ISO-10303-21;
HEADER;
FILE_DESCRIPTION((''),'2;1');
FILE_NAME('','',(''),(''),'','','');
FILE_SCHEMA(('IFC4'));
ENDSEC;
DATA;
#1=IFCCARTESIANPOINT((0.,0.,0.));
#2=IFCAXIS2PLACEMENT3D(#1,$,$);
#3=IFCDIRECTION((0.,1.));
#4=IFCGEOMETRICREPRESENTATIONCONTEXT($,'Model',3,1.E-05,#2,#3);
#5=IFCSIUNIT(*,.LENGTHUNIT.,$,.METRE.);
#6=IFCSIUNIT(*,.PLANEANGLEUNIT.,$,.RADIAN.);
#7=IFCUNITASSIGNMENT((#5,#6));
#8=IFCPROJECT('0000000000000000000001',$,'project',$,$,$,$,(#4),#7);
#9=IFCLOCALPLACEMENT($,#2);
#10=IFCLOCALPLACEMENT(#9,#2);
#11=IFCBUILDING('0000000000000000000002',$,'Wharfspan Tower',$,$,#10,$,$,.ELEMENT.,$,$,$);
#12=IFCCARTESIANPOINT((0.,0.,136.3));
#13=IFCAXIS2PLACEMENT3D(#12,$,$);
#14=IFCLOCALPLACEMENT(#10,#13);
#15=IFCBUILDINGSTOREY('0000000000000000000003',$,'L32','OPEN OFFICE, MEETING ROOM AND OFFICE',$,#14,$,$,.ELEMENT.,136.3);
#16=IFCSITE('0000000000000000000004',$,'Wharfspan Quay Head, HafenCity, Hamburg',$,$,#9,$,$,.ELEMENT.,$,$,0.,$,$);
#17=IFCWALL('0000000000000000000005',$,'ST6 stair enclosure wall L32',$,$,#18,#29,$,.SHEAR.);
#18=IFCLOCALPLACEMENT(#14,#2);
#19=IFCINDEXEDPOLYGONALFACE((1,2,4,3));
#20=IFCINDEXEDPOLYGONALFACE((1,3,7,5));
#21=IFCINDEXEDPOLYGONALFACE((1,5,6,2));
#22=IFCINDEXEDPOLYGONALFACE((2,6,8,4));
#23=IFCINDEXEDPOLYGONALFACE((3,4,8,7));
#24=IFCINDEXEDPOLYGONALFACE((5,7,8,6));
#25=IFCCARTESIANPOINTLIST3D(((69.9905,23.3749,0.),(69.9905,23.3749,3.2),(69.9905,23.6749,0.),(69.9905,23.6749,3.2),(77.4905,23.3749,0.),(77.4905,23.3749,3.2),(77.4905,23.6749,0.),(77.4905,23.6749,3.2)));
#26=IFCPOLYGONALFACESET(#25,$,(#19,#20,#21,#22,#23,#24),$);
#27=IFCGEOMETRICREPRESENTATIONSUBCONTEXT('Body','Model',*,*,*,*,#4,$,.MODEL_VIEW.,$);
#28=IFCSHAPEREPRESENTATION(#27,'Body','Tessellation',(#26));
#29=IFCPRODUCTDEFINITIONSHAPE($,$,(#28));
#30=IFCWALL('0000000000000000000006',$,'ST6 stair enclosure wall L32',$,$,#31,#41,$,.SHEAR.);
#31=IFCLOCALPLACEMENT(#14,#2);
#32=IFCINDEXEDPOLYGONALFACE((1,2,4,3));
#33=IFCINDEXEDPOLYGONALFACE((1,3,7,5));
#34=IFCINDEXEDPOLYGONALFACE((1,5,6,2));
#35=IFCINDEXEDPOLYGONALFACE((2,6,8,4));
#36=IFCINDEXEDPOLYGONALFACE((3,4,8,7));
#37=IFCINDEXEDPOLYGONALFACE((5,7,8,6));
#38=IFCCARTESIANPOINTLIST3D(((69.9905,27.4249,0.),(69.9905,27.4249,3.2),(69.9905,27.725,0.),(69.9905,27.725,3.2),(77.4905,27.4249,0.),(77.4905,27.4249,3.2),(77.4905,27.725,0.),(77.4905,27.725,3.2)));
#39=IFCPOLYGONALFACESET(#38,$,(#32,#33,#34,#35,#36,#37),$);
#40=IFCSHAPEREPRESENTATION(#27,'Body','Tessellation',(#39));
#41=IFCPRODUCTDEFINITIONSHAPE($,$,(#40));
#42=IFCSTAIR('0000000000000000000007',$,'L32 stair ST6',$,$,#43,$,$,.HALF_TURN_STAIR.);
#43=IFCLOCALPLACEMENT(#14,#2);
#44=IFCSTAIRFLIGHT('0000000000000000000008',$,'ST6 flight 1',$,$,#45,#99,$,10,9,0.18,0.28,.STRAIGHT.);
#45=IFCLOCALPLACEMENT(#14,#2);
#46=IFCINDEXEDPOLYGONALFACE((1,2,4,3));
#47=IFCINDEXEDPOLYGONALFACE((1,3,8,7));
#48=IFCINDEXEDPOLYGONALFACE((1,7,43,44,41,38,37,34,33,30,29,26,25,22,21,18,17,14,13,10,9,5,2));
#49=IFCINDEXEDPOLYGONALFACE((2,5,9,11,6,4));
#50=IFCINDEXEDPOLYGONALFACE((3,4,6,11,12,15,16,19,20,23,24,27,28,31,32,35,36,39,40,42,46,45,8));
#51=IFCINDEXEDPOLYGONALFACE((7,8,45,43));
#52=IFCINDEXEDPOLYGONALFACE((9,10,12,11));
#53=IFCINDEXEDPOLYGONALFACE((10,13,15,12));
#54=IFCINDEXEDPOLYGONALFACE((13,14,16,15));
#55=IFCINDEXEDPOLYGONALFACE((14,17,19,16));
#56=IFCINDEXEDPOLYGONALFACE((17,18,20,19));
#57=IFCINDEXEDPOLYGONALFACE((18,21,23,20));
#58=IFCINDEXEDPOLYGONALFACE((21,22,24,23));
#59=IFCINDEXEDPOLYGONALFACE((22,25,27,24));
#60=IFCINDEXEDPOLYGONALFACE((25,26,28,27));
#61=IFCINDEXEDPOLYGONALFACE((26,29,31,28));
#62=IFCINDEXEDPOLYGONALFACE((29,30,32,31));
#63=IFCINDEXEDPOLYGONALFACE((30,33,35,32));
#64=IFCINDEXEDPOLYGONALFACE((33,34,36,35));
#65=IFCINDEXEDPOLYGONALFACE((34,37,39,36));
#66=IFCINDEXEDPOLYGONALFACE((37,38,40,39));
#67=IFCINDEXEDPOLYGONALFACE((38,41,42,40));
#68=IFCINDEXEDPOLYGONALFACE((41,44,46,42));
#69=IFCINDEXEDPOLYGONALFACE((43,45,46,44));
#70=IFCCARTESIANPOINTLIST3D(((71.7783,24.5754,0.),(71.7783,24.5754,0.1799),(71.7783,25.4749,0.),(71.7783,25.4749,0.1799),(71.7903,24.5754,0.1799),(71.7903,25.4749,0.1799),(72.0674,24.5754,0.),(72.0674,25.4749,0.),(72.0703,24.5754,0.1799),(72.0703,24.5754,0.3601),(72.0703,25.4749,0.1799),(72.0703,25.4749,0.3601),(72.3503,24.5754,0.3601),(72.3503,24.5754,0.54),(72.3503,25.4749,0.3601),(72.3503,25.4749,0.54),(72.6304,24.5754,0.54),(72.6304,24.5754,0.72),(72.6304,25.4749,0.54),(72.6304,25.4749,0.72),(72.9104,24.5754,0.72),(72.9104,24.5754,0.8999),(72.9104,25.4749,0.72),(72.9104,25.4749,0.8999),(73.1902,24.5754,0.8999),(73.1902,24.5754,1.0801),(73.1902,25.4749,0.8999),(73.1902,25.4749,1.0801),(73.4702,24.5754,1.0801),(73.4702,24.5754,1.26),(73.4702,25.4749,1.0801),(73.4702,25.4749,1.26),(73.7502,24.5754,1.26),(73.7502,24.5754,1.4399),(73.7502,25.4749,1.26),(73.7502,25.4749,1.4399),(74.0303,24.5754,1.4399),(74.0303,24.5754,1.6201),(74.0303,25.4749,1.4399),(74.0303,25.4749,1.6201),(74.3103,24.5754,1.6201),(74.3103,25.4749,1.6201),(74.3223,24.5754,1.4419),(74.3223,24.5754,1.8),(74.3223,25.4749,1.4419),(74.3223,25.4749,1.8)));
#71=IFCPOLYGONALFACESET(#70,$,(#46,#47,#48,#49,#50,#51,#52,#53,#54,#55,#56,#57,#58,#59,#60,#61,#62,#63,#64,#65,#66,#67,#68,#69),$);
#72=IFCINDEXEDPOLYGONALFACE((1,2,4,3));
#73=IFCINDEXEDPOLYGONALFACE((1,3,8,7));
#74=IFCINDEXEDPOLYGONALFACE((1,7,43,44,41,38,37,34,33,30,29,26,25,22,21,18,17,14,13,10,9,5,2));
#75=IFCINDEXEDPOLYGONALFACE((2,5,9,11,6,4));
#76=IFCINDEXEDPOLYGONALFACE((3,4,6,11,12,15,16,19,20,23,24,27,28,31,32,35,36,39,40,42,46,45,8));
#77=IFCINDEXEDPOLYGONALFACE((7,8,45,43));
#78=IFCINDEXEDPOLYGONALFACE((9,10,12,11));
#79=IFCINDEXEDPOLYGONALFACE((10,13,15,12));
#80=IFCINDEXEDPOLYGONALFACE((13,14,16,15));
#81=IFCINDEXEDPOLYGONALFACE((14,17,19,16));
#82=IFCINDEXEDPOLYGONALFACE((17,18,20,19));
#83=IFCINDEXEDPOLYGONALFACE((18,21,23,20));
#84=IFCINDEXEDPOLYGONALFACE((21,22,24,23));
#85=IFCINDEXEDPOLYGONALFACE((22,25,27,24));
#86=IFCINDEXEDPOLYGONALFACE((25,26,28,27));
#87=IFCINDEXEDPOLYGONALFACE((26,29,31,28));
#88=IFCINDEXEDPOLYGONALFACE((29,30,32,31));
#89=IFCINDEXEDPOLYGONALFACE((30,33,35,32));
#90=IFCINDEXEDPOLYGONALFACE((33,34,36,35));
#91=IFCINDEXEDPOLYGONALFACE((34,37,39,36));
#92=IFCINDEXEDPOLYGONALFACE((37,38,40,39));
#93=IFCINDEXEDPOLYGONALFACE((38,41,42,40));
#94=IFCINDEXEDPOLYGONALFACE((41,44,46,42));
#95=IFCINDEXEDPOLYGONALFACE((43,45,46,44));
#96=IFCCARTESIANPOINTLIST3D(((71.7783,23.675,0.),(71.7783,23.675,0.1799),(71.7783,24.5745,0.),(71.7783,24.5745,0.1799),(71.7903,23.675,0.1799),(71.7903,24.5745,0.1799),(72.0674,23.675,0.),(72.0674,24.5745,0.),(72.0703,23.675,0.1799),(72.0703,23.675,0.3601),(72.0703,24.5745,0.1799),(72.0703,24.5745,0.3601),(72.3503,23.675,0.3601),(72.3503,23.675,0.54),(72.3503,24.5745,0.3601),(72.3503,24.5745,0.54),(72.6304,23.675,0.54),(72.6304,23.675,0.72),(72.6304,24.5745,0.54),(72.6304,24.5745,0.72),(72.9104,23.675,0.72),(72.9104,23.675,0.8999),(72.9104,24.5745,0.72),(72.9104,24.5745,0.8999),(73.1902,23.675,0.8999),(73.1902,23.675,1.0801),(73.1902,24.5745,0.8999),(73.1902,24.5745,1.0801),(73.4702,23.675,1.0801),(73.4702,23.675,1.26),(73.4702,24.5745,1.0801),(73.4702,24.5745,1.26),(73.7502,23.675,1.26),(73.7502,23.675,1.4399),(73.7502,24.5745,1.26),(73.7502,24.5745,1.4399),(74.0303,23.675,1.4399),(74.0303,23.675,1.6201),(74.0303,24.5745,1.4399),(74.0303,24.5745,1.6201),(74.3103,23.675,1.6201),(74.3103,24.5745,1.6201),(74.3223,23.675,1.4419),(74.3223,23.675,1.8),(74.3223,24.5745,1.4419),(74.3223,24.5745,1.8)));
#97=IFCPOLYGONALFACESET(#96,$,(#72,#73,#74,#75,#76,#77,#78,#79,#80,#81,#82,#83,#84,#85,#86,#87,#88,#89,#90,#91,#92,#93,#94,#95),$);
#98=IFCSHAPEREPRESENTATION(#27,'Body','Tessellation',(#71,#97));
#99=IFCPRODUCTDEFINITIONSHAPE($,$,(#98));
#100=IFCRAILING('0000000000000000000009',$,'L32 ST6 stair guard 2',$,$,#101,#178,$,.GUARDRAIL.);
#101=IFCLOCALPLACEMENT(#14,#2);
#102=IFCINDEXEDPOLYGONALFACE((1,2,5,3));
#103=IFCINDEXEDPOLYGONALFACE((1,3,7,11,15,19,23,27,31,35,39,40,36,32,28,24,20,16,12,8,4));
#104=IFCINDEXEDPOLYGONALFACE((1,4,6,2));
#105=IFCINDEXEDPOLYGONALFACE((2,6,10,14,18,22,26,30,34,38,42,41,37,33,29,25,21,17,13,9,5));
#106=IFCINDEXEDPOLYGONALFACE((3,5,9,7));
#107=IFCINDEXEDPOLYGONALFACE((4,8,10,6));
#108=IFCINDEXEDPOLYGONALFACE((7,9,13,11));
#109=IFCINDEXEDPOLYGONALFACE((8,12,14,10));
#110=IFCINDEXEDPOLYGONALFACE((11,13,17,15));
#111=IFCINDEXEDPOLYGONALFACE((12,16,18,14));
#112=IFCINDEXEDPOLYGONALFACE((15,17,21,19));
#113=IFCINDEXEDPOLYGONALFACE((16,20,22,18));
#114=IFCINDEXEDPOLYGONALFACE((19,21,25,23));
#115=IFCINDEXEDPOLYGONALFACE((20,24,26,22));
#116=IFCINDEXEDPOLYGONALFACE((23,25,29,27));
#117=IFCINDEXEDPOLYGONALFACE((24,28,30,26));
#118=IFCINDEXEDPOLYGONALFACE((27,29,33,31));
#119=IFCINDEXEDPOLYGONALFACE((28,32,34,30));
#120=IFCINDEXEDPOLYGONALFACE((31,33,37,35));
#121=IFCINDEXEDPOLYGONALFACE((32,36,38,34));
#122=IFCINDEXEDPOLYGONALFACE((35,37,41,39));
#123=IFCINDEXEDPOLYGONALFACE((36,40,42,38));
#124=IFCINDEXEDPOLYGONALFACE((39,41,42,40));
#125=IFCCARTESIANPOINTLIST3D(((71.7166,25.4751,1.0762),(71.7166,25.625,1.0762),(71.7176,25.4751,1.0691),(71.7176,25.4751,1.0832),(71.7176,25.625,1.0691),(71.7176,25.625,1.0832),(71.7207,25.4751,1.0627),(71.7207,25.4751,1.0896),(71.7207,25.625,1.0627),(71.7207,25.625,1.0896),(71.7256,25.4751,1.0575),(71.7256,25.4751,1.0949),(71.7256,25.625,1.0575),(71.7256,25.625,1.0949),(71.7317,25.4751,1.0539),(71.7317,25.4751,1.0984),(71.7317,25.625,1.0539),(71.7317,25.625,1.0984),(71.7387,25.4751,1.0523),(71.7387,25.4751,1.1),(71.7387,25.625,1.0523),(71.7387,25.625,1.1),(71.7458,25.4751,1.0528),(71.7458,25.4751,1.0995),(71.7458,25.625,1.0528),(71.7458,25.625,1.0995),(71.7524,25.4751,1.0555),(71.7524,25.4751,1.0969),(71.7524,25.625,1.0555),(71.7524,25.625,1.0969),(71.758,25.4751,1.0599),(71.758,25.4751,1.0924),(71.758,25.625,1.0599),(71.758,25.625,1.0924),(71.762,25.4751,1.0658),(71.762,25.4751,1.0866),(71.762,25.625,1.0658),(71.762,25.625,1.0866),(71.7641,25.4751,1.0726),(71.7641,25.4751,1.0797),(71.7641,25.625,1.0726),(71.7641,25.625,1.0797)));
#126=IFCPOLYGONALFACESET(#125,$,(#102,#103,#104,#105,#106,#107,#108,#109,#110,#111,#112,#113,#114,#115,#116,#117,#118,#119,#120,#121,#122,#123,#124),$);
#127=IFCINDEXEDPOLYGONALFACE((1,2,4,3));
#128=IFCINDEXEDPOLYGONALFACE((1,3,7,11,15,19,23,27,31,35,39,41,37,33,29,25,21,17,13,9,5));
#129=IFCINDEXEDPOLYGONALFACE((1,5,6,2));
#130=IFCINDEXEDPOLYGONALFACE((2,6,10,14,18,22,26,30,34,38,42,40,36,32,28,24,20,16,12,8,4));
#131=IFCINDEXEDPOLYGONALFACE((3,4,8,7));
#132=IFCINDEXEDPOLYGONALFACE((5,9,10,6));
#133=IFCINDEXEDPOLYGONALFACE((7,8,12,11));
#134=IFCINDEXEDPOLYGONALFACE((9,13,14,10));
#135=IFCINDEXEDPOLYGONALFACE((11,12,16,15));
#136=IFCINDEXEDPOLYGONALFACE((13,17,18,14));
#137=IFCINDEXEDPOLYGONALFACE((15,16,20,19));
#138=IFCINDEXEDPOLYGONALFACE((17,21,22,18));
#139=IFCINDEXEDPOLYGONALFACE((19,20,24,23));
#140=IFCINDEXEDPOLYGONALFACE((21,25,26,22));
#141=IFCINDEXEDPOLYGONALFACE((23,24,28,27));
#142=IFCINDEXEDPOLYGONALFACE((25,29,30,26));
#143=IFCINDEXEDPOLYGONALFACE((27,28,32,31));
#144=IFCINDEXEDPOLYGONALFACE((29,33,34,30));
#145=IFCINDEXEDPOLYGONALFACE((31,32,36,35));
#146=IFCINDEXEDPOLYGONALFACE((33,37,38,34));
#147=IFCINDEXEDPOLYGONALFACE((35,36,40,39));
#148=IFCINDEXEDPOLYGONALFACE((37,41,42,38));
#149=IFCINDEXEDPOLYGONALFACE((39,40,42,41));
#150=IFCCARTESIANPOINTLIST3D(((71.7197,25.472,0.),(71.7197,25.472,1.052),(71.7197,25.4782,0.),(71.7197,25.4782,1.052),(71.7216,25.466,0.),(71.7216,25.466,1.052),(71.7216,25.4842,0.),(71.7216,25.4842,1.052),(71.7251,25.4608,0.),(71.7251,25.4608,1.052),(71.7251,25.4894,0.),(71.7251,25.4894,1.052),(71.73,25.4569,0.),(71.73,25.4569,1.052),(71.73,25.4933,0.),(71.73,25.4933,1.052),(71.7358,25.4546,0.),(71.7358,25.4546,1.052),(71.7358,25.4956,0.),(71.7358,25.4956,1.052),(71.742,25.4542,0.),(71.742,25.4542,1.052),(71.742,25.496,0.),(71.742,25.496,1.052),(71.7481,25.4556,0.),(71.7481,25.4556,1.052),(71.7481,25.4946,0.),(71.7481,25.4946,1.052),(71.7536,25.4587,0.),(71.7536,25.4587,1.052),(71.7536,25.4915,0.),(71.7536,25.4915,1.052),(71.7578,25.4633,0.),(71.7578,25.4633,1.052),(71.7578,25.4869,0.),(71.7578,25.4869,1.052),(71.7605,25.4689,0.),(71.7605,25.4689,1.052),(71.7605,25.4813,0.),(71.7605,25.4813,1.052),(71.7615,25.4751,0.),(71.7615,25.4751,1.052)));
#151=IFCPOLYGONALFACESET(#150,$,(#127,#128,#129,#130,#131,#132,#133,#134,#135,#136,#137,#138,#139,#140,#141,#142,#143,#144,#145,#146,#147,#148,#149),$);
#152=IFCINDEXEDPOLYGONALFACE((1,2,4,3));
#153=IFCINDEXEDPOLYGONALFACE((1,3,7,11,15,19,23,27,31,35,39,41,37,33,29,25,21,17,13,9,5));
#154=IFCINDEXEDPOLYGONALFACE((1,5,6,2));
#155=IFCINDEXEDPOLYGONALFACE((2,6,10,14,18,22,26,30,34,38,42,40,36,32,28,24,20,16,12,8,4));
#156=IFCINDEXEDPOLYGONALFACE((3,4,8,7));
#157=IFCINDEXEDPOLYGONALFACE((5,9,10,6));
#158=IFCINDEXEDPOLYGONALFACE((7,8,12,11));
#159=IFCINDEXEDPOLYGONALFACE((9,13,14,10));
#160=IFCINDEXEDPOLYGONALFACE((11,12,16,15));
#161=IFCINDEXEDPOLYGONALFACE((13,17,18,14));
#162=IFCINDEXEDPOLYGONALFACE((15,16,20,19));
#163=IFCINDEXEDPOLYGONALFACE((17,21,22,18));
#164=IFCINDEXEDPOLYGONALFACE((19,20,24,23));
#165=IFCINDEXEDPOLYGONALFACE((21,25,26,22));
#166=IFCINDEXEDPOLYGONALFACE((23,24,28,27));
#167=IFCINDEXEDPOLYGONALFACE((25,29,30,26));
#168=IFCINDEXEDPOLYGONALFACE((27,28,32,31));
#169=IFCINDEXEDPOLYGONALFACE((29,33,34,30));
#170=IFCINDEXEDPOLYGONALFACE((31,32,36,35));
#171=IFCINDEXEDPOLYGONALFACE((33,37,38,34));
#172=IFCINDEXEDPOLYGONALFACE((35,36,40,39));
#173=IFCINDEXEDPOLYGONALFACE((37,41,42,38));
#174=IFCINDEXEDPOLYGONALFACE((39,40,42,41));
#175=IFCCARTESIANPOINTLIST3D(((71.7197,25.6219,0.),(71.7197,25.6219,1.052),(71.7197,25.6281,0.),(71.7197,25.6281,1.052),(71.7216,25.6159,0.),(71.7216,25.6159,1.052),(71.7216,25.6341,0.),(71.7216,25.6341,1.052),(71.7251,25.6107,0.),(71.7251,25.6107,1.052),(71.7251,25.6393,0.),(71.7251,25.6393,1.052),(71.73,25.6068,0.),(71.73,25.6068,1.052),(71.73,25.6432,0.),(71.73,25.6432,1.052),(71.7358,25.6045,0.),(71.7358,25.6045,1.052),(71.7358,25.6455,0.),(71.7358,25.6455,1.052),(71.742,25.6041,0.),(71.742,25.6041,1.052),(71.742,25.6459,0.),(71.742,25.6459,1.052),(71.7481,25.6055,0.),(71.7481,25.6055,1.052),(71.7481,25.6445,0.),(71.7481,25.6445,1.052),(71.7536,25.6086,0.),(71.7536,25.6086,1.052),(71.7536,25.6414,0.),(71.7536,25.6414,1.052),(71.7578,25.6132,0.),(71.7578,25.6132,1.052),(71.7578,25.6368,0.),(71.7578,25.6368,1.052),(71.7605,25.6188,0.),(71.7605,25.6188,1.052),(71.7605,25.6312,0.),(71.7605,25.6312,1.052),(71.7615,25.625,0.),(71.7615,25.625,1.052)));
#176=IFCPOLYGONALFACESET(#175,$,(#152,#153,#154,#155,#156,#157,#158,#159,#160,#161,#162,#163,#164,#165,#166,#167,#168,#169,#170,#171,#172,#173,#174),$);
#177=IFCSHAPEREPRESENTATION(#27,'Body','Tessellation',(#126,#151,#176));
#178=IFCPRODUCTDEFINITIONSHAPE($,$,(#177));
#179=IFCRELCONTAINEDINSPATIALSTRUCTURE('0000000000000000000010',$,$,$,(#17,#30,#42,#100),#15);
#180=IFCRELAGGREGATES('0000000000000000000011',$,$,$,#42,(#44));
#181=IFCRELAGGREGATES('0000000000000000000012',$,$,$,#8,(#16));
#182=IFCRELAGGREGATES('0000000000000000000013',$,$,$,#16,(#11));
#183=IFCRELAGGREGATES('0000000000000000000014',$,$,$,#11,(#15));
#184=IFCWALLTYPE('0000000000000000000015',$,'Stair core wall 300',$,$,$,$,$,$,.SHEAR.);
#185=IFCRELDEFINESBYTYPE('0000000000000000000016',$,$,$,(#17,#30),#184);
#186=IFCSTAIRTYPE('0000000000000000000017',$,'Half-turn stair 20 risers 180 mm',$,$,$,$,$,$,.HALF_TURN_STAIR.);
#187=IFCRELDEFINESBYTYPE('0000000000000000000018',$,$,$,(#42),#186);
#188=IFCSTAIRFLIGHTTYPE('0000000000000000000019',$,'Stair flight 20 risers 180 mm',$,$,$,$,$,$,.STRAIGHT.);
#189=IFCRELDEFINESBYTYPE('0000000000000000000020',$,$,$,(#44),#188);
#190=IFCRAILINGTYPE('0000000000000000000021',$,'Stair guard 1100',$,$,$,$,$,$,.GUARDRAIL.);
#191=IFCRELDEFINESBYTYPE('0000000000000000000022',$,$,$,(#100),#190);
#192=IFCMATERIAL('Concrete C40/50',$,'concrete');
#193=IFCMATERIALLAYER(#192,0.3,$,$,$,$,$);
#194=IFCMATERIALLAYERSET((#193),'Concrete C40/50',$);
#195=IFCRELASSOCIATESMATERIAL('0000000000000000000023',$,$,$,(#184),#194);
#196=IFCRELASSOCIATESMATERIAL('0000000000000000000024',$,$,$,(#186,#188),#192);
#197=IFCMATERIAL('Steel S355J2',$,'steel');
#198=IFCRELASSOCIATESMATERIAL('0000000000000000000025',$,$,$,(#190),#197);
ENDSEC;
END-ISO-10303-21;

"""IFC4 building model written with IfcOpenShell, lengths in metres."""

from ifc_helpers import new_model, si_unit, direction, frame, frame_2d, origin, origin_2d, place, context, subcontext, project, spatial, polyline, rectangle, circle, outline, extrude, material, layer, layer_set, type_object, element, aggregate, save


model = new_model("IFC4")

# Units and contexts
model_context = context("Model", 3, precision=1e-05, world=origin(), true_north=direction((0.0, 1.0)))
body_context = subcontext(model_context, "Body", "Model", "MODEL_VIEW")
ifc_project = project(units=[si_unit("LENGTHUNIT", "METRE"), si_unit("PLANEANGLEUNIT", "RADIAN")], contexts=[model_context])

# Site, building, storey
site_placement = place(None, origin())
site = spatial("IfcSite", under=ifc_project, at=site_placement, Name="Wharfspan Quay Head, HafenCity, Hamburg", CompositionType="ELEMENT", RefElevation=0.0)
building_placement = place(site_placement, origin())
building = spatial("IfcBuilding", under=site, at=building_placement, Name="Wharfspan Tower", CompositionType="ELEMENT")
storey_placement = place(building_placement, frame((0.0, 0.0, 136.3)))
storey = spatial("IfcBuildingStorey", under=building, at=storey_placement, Name="L32", Description="OPEN OFFICE, MEETING ROOM AND OFFICE", CompositionType="ELEMENT", Elevation=136.3)

# Shared definitions
ifc_material_1 = material(Name="Steel S355J2", Category="steel")

# Shared definitions
ifc_material_2 = material(Name="Concrete C40/50", Category="concrete")
ifc_layer_1 = layer(ifc_material_2, 0.3)
ifc_layer_set_1 = layer_set([ifc_layer_1], Name="Concrete C40/50")
wall_type_1 = type_object("IfcWallType", Name="Stair core wall 300", PredefinedType="SHEAR", material=ifc_layer_set_1)

# Walls
for number, where, z_axis, x_axis, name in (
    (1, (69.9905, 23.5249, 0.0), (0.0, 0.0, 1.0), (1.0, 0.0, 0.0), "ST6 stair enclosure wall L32"),
    (2, (69.9905, 27.575, 0.0), (0.0, 0.0, 1.0), (1.0, 0.0, 0.0), "ST6 stair enclosure wall L32"),
):
    element("IfcWall", number, at=place(storey_placement, frame(where, z_axis=z_axis, x_axis=x_axis)), inside=storey, type_object=wall_type_1, Name=name, PredefinedType="SHEAR", context=body_context, shape_type="SweptSolid", body=[
        extrude(rectangle(XDim=7.5, YDim=0.3, at=frame_2d((3.75, 0.0))), origin(), (0.0, 0.0, 1.0), 3.2),
    ])

# Stair, stair flight
stair_type = type_object("IfcStairType", Name="Half-turn stair 20 risers 180 mm", PredefinedType="HALF_TURN_STAIR", material=ifc_material_2)
stair_placement = place(storey_placement, origin())
stair = element("IfcStair", 3, at=stair_placement, inside=storey, type_object=stair_type, Name="L32 stair ST6", PredefinedType="HALF_TURN_STAIR")
stair_flight_type = type_object("IfcStairFlightType", Name="Stair flight 20 risers 180 mm", PredefinedType="STRAIGHT", material=ifc_material_2)
stair_flight_placement = place(storey_placement, frame((71.7903, 24.575, 0.0), z_axis=(0.0, 0.0, 1.0), x_axis=(1.0, 0.0, 0.0)))
stair_flight = element("IfcStairFlight", 4, at=stair_flight_placement, type_object=stair_flight_type, Name="ST6 flight 1", NumberOfRisers=10, NumberOfTreads=9, PredefinedType="STRAIGHT", RiserHeight=0.18, TreadLength=0.28, context=body_context, shape_type="SweptSolid", body=[
    extrude(outline(polyline([(-0.012, 0.0), (-0.012, 0.1799), (0.0, 0.1799), (0.28, 0.1799), (0.28, 0.3601), (0.5601, 0.3601), (0.5601, 0.54), (0.8401, 0.54), (0.8401, 0.72), (1.1201, 0.72), (1.1201, 0.8999), (1.3999, 0.8999), (1.3999, 1.0801), (1.6799, 1.0801), (1.6799, 1.26), (1.96, 1.26), (1.96, 1.4399), (2.24, 1.4399), (2.24, 1.6201), (2.52, 1.6201), (2.532, 1.8), (2.532, 1.4419), (0.2771, 0.0), (-0.012, 0.0)])), frame((0.0, 0.8999, 0.0), z_axis=(0.0, -1.0, 0.0), x_axis=(1.0, 0.0, 0.0)), (0.0, 0.0, 1.0), 0.8994),
    extrude(outline(polyline([(-0.012, 0.0), (-0.012, 0.1799), (0.0, 0.1799), (0.28, 0.1799), (0.28, 0.3601), (0.5601, 0.3601), (0.5601, 0.54), (0.8401, 0.54), (0.8401, 0.72), (1.1201, 0.72), (1.1201, 0.8999), (1.3999, 0.8999), (1.3999, 1.0801), (1.6799, 1.0801), (1.6799, 1.26), (1.96, 1.26), (1.96, 1.4399), (2.24, 1.4399), (2.24, 1.6201), (2.52, 1.6201), (2.532, 1.8), (2.532, 1.4419), (0.2771, 0.0), (-0.012, 0.0)])), frame((0.0, -0.0005, 0.0), z_axis=(0.0, -1.0, 0.0), x_axis=(1.0, 0.0, 0.0)), (0.0, 0.0, 1.0), 0.8994),
])
aggregate(stair, [stair_flight])

# Railing
railing_type_1 = type_object("IfcRailingType", Name="Stair guard 1100", PredefinedType="GUARDRAIL", material=ifc_material_1)
railing_1_placement = place(storey_placement, frame((71.7405, 25.4751, 0.0)))
element("IfcRailing", 5, at=railing_1_placement, inside=storey, type_object=railing_type_1, Name="L32 ST6 stair guard 2", PredefinedType="GUARDRAIL", context=body_context, shape_type="SweptSolid", body=[
    extrude(circle(Radius=0.0239, at=origin_2d()), frame((0.0, 0.0, 1.0762), z_axis=(0.0, 1.0, 0.0), x_axis=(-1.0, 0.0, 0.0)), (0.0, 0.0, 1.0), 0.1499),
    extrude(circle(Radius=0.021, at=origin_2d()), origin(), (0.0, 0.0, 1.0), 1.052),
    extrude(circle(Radius=0.021, at=origin_2d()), frame((0.0, 0.1499, 0.0)), (0.0, 0.0, 1.0), 1.052),
])

save(model, "model.ifc")
